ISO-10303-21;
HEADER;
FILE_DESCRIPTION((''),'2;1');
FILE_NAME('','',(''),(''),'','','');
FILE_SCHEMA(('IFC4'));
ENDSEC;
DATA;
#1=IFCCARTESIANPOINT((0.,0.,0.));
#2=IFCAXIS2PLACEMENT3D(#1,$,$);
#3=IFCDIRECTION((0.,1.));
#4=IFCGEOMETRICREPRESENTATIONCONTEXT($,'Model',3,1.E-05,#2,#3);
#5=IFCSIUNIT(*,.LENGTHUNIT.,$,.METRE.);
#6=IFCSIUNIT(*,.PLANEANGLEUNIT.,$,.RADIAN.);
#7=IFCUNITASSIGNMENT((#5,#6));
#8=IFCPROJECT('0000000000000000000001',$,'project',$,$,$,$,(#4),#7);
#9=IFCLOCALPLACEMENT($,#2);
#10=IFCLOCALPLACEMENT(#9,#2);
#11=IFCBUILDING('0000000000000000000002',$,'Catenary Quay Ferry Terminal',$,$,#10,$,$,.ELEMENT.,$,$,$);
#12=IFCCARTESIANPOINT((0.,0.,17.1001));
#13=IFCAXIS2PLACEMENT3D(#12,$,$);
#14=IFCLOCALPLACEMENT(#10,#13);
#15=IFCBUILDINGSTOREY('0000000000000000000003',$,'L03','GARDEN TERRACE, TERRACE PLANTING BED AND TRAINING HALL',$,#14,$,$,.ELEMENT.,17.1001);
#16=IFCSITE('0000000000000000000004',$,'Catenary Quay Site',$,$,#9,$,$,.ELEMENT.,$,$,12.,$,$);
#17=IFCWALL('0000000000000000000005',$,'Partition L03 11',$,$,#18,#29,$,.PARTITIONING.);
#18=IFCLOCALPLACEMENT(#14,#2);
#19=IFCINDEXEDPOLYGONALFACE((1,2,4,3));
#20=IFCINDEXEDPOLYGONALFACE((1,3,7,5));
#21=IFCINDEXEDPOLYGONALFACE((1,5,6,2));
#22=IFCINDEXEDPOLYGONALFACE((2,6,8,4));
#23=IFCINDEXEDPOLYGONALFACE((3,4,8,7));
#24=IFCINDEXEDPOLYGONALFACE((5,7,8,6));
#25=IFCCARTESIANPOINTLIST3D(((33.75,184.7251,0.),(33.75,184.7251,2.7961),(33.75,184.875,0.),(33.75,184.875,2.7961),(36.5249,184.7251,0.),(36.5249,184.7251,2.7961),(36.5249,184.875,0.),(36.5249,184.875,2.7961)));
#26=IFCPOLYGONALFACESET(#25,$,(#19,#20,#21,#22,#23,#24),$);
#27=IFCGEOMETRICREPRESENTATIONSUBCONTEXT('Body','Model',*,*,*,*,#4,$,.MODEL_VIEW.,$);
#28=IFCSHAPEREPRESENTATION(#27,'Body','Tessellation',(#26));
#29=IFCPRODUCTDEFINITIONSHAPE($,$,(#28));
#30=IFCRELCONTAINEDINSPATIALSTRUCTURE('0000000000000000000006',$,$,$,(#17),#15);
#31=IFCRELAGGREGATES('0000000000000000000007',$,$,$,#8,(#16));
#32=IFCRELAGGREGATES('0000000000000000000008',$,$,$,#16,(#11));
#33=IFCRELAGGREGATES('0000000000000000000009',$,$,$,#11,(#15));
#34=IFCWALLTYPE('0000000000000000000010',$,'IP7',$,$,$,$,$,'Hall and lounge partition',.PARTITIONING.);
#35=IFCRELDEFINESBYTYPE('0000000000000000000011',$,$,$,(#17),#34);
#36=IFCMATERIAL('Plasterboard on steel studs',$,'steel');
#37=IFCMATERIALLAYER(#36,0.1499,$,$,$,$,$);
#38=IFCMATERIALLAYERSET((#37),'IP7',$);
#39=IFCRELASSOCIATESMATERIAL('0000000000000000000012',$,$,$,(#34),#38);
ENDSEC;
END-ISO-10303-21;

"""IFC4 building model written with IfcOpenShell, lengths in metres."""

from ifc_helpers import new_model, si_unit, direction, frame, frame_2d, origin, place, context, subcontext, project, spatial, rectangle, extrude, material, layer, layer_set, type_object, element, save


model = new_model("IFC4")

# Units and contexts
model_context = context("Model", 3, precision=1e-05, world=origin(), true_north=direction((0.0, 1.0)))
body_context = subcontext(model_context, "Body", "Model", "MODEL_VIEW")
ifc_project = project(units=[si_unit("LENGTHUNIT", "METRE"), si_unit("PLANEANGLEUNIT", "RADIAN")], contexts=[model_context])

# Site, building, storey
site_placement = place(None, origin())
site = spatial("IfcSite", under=ifc_project, at=site_placement, Name="Catenary Quay Site", CompositionType="ELEMENT", RefElevation=12.0)
building_placement = place(site_placement, origin())
building = spatial("IfcBuilding", under=site, at=building_placement, Name="Catenary Quay Ferry Terminal", CompositionType="ELEMENT")
storey_placement = place(building_placement, frame((0.0, 0.0, 17.1001)))
storey = spatial("IfcBuildingStorey", under=building, at=storey_placement, Name="L03", Description="GARDEN TERRACE, TERRACE PLANTING BED AND TRAINING HALL", CompositionType="ELEMENT", Elevation=17.1001)

# Wall
ifc_material_1 = material(Name="Plasterboard on steel studs", Category="steel")
ifc_layer_1 = layer(ifc_material_1, 0.1499)
ifc_layer_set_1 = layer_set([ifc_layer_1], Name="IP7")
wall_type = type_object("IfcWallType", Name="IP7", ElementType="Hall and lounge partition", PredefinedType="PARTITIONING", material=ifc_layer_set_1)
wall_1_placement = place(storey_placement, frame((33.75, 184.8, 0.0), z_axis=(0.0, 0.0, 1.0), x_axis=(1.0, 0.0, 0.0)))
element("IfcWall", 1, at=wall_1_placement, inside=storey, type_object=wall_type, Name="Partition L03 11", PredefinedType="PARTITIONING", context=body_context, shape_type="SweptSolid", body=[
    extrude(rectangle(XDim=2.7749, YDim=0.1499, at=frame_2d((1.3875, 0.0))), origin(), (0.0, 0.0, 1.0), 2.7961),
])

save(model, "model.ifc")
